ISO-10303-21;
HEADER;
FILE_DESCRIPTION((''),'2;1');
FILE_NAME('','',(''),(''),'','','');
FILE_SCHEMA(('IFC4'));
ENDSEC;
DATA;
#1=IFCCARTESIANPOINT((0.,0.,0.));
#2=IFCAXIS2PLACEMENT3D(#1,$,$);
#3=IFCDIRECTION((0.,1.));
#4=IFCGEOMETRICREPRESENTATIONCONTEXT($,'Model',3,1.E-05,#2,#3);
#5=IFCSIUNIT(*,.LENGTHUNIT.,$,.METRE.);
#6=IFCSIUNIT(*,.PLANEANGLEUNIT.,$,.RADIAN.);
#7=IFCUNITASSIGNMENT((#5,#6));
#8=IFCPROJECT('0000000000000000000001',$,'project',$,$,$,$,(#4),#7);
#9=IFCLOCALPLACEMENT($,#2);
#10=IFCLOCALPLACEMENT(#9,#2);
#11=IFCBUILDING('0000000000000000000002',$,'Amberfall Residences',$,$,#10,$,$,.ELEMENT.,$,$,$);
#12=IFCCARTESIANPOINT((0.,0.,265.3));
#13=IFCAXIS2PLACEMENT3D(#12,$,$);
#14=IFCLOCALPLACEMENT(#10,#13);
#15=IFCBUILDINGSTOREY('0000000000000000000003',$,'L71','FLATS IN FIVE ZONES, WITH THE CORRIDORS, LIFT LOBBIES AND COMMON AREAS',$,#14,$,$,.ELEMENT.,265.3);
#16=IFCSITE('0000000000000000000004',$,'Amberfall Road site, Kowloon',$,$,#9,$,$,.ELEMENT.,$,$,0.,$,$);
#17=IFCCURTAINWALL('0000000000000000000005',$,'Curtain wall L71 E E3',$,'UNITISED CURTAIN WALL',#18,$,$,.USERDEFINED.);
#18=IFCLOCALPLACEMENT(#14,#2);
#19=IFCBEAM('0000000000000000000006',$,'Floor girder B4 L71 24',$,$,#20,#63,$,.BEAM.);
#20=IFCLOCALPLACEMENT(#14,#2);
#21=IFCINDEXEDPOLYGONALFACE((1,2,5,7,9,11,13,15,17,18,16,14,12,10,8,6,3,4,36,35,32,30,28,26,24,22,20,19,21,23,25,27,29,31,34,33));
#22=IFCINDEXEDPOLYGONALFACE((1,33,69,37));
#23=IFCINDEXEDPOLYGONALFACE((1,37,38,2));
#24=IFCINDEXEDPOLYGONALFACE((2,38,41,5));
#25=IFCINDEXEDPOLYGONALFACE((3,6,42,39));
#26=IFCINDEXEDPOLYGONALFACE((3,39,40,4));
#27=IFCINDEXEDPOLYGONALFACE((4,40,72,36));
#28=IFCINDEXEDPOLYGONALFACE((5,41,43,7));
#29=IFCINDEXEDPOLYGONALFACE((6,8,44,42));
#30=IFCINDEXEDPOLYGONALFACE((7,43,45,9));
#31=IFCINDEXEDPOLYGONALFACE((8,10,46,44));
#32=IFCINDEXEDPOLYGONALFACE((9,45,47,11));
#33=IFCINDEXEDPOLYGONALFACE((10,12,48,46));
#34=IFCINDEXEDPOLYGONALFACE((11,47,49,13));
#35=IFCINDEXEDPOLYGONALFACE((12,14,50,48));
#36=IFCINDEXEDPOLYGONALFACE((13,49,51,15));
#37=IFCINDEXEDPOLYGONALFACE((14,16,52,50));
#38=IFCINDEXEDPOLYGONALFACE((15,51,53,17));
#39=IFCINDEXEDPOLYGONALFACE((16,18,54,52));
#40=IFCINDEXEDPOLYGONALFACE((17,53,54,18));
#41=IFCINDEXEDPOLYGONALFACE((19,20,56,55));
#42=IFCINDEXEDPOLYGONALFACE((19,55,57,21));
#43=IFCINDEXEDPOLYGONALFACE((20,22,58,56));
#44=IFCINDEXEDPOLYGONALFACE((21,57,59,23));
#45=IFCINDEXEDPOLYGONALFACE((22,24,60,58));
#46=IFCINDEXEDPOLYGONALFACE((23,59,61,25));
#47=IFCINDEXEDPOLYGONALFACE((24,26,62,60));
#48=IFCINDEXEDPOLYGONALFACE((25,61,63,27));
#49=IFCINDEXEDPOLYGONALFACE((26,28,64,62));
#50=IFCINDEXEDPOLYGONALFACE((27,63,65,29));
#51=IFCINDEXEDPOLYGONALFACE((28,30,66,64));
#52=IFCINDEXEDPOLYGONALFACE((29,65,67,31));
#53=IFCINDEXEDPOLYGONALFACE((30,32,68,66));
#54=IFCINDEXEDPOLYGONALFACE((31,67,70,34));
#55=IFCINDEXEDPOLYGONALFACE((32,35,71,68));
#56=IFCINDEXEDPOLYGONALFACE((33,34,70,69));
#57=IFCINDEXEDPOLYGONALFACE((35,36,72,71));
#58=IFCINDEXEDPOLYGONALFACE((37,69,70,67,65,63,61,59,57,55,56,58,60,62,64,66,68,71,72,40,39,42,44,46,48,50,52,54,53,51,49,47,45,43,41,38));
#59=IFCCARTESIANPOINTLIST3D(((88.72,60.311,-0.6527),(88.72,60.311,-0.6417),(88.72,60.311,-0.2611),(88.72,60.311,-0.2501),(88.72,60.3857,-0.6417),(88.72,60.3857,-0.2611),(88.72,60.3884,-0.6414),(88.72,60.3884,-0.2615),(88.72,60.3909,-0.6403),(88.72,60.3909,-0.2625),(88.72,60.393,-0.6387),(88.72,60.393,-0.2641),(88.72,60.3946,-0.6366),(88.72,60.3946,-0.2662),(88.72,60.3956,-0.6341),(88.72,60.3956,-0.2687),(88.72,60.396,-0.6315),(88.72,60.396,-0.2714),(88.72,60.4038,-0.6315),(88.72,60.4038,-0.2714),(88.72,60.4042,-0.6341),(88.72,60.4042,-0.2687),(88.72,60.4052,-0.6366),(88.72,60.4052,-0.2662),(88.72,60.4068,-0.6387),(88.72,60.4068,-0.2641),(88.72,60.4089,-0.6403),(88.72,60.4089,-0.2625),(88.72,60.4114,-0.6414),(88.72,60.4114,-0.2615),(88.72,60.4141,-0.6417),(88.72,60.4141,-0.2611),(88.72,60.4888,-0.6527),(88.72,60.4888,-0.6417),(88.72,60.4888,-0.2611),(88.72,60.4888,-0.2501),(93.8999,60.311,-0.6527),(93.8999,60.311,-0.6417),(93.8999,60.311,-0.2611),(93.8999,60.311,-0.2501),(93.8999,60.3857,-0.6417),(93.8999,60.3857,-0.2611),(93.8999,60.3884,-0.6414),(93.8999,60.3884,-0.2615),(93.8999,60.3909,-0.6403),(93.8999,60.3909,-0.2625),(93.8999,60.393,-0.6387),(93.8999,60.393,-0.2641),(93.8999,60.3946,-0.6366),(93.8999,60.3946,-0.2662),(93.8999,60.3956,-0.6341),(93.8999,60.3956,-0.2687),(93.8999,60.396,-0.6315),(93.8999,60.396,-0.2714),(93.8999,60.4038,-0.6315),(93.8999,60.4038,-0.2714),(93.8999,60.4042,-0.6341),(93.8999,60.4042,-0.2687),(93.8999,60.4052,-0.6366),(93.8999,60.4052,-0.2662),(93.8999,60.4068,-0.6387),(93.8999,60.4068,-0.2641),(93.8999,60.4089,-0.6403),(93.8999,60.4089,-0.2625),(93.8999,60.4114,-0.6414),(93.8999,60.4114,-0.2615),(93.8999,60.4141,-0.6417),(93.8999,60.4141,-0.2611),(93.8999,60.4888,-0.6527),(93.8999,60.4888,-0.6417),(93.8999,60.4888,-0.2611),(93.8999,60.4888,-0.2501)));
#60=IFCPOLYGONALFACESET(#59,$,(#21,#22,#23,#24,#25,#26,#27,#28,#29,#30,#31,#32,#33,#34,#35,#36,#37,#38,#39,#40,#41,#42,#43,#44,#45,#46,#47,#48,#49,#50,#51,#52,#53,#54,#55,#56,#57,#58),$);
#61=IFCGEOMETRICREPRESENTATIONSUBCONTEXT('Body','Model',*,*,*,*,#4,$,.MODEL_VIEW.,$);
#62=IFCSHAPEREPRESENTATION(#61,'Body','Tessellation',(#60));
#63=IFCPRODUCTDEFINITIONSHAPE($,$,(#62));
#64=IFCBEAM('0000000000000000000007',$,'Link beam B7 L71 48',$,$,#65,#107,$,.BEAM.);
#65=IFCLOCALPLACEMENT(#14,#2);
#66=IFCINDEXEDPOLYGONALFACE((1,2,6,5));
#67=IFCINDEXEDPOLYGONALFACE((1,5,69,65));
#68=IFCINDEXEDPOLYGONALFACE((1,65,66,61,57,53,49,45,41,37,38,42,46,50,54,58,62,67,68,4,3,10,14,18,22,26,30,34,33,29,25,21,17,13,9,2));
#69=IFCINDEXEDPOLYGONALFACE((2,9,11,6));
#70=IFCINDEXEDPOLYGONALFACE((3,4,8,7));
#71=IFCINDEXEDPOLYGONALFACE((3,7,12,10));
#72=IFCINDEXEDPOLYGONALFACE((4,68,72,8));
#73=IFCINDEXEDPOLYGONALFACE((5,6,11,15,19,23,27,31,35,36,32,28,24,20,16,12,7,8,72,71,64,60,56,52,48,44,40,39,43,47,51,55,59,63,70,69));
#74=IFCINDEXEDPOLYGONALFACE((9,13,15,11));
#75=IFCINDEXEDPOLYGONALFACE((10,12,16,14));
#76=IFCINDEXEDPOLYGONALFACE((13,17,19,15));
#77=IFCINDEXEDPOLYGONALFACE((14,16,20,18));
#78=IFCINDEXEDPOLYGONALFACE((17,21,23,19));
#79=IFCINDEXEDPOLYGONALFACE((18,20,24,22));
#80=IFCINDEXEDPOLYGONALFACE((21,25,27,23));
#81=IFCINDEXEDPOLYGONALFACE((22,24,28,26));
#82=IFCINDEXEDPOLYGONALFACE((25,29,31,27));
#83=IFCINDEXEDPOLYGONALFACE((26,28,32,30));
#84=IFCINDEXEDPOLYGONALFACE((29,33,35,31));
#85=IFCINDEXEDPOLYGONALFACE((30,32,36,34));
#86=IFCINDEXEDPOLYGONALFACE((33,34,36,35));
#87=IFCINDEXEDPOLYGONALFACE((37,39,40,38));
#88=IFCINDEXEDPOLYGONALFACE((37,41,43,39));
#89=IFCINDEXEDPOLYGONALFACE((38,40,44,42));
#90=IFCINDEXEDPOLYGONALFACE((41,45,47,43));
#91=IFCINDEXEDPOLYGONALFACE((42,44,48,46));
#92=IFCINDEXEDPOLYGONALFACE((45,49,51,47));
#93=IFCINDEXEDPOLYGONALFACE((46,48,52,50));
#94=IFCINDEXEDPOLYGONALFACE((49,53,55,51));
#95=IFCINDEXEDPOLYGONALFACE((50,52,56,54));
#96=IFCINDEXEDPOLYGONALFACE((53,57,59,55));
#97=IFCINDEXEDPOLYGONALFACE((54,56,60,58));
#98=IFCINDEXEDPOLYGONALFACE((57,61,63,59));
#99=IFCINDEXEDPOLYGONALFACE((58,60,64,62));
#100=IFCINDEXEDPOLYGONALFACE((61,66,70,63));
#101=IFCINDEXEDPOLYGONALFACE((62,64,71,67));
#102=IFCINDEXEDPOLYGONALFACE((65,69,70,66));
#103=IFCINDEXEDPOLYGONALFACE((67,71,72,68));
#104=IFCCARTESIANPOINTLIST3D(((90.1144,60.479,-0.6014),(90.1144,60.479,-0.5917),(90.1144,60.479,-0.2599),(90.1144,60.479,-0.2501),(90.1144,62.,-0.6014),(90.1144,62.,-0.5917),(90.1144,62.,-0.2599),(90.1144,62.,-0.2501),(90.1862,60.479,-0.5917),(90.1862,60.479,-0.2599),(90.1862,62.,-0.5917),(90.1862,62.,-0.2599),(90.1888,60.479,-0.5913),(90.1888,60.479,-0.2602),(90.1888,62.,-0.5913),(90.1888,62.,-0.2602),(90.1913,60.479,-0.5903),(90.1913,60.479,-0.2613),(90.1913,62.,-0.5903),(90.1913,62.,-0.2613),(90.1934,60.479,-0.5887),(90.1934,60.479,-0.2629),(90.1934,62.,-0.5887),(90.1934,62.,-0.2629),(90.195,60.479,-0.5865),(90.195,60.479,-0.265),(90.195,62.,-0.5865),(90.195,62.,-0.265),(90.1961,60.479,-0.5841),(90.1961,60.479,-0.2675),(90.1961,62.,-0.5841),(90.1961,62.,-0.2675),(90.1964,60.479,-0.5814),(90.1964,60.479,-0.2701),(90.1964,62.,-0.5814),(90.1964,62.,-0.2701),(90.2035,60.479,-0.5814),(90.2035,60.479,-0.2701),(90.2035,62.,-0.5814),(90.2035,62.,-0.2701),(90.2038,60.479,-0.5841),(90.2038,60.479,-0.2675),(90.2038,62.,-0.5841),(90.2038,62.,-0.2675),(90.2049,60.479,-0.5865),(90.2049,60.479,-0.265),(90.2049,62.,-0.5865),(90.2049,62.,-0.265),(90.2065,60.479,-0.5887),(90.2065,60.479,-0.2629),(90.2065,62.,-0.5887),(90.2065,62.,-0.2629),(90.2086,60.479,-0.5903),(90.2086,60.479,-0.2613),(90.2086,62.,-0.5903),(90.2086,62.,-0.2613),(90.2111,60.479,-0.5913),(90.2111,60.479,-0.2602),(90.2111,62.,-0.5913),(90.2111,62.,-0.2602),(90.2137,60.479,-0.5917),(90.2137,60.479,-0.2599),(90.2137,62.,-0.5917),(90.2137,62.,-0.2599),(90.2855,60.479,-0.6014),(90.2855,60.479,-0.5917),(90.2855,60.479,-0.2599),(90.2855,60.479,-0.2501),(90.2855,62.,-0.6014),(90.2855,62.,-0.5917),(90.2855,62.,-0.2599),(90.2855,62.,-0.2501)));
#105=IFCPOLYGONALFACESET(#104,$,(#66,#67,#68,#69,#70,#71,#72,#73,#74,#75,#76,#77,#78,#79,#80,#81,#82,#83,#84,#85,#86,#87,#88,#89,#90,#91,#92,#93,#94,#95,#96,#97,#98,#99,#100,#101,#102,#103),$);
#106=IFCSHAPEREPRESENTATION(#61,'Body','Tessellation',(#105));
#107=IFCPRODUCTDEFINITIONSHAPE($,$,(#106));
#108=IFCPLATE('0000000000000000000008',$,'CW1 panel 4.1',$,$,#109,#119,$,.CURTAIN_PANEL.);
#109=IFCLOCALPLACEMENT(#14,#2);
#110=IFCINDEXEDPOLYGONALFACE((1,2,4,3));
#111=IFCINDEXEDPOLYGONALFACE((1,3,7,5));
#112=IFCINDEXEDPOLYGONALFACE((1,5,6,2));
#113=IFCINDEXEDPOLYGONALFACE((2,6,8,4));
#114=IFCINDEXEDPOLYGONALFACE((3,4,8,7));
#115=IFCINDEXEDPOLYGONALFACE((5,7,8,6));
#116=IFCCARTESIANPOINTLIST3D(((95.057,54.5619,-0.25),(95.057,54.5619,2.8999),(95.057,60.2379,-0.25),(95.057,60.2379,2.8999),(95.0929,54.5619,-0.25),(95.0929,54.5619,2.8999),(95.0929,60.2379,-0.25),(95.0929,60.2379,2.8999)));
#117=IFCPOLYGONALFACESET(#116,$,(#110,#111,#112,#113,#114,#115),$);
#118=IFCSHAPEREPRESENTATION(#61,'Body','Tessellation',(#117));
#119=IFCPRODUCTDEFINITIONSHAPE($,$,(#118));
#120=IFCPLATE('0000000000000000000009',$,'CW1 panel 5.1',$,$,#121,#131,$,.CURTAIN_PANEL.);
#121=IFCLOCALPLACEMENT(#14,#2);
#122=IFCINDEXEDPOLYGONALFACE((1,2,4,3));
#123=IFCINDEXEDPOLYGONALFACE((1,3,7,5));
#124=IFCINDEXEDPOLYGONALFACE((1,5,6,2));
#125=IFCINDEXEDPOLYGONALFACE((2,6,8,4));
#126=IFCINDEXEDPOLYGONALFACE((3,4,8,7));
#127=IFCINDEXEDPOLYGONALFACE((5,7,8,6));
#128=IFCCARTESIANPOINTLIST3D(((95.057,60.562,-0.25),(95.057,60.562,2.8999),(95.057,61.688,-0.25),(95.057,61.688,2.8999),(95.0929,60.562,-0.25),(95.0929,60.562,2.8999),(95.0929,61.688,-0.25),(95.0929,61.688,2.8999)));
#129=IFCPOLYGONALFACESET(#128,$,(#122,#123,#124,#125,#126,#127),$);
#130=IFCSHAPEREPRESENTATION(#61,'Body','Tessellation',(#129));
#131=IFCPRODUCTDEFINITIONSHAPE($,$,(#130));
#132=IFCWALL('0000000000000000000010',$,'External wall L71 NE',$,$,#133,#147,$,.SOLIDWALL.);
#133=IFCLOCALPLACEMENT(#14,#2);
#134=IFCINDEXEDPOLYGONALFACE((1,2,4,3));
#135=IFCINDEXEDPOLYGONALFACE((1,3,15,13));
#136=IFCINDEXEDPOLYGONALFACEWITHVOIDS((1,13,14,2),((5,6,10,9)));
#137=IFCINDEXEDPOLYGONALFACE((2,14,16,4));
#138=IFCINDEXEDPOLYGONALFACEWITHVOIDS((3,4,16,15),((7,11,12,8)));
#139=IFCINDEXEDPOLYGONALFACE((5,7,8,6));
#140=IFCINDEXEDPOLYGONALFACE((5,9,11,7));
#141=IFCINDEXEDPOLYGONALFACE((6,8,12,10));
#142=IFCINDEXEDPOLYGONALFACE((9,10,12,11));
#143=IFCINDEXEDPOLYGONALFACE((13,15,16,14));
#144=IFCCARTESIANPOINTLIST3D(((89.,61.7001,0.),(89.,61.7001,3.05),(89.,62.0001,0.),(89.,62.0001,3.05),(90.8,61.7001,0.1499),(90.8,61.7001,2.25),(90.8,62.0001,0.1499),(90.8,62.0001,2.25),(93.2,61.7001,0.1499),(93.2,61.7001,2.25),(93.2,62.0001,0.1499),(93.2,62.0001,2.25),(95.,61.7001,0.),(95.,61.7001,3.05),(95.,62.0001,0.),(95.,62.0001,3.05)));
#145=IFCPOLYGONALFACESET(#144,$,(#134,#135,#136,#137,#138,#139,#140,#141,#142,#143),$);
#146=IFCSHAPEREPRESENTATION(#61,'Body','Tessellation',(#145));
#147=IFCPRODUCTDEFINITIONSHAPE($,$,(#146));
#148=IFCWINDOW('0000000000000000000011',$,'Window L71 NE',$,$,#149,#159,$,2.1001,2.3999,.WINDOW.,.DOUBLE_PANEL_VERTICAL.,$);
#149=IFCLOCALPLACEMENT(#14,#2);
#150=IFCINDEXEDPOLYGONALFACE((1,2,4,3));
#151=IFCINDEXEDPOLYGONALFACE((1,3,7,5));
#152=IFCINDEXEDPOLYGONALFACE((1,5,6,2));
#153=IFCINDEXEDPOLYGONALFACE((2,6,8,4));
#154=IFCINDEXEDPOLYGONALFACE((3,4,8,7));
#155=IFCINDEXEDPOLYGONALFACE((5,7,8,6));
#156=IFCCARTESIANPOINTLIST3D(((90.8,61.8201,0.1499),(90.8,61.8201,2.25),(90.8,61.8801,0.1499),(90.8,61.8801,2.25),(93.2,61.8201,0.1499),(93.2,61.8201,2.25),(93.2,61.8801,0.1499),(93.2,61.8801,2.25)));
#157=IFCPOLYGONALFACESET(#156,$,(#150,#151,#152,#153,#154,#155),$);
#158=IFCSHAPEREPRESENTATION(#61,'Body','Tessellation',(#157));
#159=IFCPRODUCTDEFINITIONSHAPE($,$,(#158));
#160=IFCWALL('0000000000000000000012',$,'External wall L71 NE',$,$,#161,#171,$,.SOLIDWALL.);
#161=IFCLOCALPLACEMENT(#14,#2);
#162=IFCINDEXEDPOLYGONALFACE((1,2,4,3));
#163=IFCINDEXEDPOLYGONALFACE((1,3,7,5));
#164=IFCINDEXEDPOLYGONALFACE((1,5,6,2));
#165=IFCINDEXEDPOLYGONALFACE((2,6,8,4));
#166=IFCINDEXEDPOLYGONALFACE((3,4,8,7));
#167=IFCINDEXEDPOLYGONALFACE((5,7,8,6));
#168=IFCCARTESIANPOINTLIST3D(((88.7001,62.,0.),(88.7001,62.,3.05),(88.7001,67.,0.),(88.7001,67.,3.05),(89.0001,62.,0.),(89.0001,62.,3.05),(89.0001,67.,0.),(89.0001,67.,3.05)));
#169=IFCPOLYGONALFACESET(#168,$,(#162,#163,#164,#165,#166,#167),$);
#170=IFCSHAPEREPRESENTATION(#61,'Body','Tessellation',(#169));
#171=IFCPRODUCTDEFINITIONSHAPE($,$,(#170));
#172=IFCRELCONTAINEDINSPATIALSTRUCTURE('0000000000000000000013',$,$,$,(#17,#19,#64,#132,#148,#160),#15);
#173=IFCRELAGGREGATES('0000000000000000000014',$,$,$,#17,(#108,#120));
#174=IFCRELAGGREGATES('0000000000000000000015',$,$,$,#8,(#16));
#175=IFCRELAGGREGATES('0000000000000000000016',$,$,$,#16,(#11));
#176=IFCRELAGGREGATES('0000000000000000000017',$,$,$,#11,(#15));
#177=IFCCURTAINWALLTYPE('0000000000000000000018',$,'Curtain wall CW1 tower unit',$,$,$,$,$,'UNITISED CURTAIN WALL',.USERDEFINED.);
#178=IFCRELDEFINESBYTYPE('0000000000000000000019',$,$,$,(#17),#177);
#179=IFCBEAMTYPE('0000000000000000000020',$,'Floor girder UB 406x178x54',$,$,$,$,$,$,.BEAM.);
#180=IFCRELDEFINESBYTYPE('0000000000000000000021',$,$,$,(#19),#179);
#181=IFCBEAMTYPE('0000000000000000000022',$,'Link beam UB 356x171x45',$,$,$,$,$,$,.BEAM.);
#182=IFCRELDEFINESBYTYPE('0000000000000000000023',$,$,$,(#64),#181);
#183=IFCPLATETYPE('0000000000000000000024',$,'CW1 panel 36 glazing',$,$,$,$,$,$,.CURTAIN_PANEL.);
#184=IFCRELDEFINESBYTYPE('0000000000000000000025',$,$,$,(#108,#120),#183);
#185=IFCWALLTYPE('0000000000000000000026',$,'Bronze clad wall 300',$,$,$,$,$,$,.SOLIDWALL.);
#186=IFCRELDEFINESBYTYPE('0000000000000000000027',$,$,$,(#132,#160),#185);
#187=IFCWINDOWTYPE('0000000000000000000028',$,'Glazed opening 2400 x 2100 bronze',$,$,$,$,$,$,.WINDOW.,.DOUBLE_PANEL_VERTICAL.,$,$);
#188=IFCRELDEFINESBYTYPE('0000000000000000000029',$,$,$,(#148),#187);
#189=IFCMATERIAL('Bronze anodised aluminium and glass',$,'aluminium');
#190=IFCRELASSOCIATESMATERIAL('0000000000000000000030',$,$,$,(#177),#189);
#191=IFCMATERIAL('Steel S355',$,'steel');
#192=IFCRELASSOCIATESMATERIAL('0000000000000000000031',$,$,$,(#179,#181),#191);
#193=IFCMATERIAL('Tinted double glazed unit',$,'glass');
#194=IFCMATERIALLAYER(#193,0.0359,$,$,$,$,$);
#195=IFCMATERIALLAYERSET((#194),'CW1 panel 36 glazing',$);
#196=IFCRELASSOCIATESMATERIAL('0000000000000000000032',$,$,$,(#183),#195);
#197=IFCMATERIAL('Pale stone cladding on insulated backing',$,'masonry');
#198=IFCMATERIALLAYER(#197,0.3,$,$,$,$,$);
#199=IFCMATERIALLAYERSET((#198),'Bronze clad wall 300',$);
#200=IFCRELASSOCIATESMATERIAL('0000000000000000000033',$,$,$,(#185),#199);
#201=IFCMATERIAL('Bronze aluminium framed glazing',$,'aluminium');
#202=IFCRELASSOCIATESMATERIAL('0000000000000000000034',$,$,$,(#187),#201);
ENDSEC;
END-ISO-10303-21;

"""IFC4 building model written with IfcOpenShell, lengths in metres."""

from ifc_helpers import new_model, si_unit, direction, frame, frame_2d, origin, origin_2d, place, context, subcontext, project, spatial, rectangle, i_section, extrude, material, layer, layer_set, material_profile, profile_set, type_object, element, fill, aggregate, save


model = new_model("IFC4")

# Units and contexts
model_context = context("Model", 3, precision=1e-05, world=origin(), true_north=direction((0.0, 1.0)))
body_context = subcontext(model_context, "Body", "Model", "MODEL_VIEW")
ifc_project = project(units=[si_unit("LENGTHUNIT", "METRE"), si_unit("PLANEANGLEUNIT", "RADIAN")], contexts=[model_context])

# Site, building, storey
site_placement = place(None, origin())
site = spatial("IfcSite", under=ifc_project, at=site_placement, Name="Amberfall Road site, Kowloon", CompositionType="ELEMENT", RefElevation=0.0)
building_placement = place(site_placement, origin())
building = spatial("IfcBuilding", under=site, at=building_placement, Name="Amberfall Residences", CompositionType="ELEMENT")
storey_placement = place(building_placement, frame((0.0, 0.0, 265.3)))
storey = spatial("IfcBuildingStorey", under=building, at=storey_placement, Name="L71", Description="FLATS IN FIVE ZONES, WITH THE CORRIDORS, LIFT LOBBIES AND COMMON AREAS", CompositionType="ELEMENT", Elevation=265.3)

# Curtain wall
ifc_material_1 = material(Name="Bronze anodised aluminium and glass", Category="aluminium")
curtain_wall_type = type_object("IfcCurtainWallType", Name="Curtain wall CW1 tower unit", ElementType="UNITISED CURTAIN WALL", PredefinedType="USERDEFINED", material=ifc_material_1)
curtain_wall_1_placement = place(storey_placement, origin())
curtain_wall_1 = element("IfcCurtainWall", 1, at=curtain_wall_1_placement, inside=storey, type_object=curtain_wall_type, Name="Curtain wall L71 E E3", ObjectType="UNITISED CURTAIN WALL", PredefinedType="USERDEFINED")

# Shared definitions
ifc_material_2 = material(Name="Steel S355", Category="steel")

# Beams
ifc_material_profile_1 = material_profile(ifc_material_2, i_section(OverallWidth=0.1777, OverallDepth=0.4026, WebThickness=0.0078, FlangeThickness=0.011, FilletRadius=0.0103, at=origin_2d()), Name="UB 406x178x54")
ifc_profile_set_1 = profile_set([ifc_material_profile_1], Name="Steel S355")
beam_type_1 = type_object("IfcBeamType", Name="Floor girder UB 406x178x54", PredefinedType="BEAM", material=ifc_profile_set_1)
beam_1_placement = place(storey_placement, frame((93.8999, 60.3999, -0.4514), z_axis=(-1.0, 0.0, 0.0), x_axis=(0.0, -1.0, 0.0)))
element("IfcBeam", 2, at=beam_1_placement, inside=storey, type_object=beam_type_1, Name="Floor girder B4 L71 24", PredefinedType="BEAM", context=body_context, shape_type="SweptSolid", body=[
    extrude(i_section(OverallWidth=0.1777, OverallDepth=0.4026, WebThickness=0.0078, FlangeThickness=0.011, FilletRadius=0.0103, at=origin_2d()), origin(), (0.0, 0.0, 1.0), 5.1799),
])
ifc_material_profile_2 = material_profile(ifc_material_2, i_section(OverallWidth=0.1711, OverallDepth=0.3513, WebThickness=0.0071, FlangeThickness=0.0098, FilletRadius=0.0103, at=origin_2d()), Name="UB 356x171x45")
ifc_profile_set_2 = profile_set([ifc_material_profile_2], Name="Steel S355")
beam_type_2 = type_object("IfcBeamType", Name="Link beam UB 356x171x45", PredefinedType="BEAM", material=ifc_profile_set_2)
beam_2_placement = place(storey_placement, frame((90.2, 62.0, -0.4258), z_axis=(0.0, -1.0, 0.0), x_axis=(1.0, 0.0, 0.0)))
element("IfcBeam", 3, at=beam_2_placement, inside=storey, type_object=beam_type_2, Name="Link beam B7 L71 48", PredefinedType="BEAM", context=body_context, shape_type="SweptSolid", body=[
    extrude(i_section(OverallWidth=0.1711, OverallDepth=0.3513, WebThickness=0.0071, FlangeThickness=0.0098, FilletRadius=0.0103, at=origin_2d()), origin(), (0.0, 0.0, 1.0), 1.521),
])

# Plates
ifc_material_3 = material(Name="Tinted double glazed unit", Category="glass")
ifc_layer_1 = layer(ifc_material_3, 0.0359)
ifc_layer_set_1 = layer_set([ifc_layer_1], Name="CW1 panel 36 glazing")
plate_type = type_object("IfcPlateType", Name="CW1 panel 36 glazing", PredefinedType="CURTAIN_PANEL", material=ifc_layer_set_1)
plate_1_placement = place(storey_placement, frame((95.075, 57.3999, -0.25), z_axis=(0.0, 0.0, 1.0), x_axis=(0.0, 1.0, 0.0)))
plate_1 = element("IfcPlate", 4, at=plate_1_placement, type_object=plate_type, Name="CW1 panel 4.1", PredefinedType="CURTAIN_PANEL", context=body_context, shape_type="SweptSolid", body=[
    extrude(rectangle(XDim=5.676, YDim=0.0359, at=origin_2d()), origin(), (0.0, 0.0, 1.0), 3.1499),
])
plate_2_placement = place(storey_placement, frame((95.075, 61.125, -0.25), z_axis=(0.0, 0.0, 1.0), x_axis=(0.0, 1.0, 0.0)))
plate_2 = element("IfcPlate", 5, at=plate_2_placement, type_object=plate_type, Name="CW1 panel 5.1", PredefinedType="CURTAIN_PANEL", context=body_context, shape_type="SweptSolid", body=[
    extrude(rectangle(XDim=1.126, YDim=0.0359, at=origin_2d()), origin(), (0.0, 0.0, 1.0), 3.1499),
])
aggregate(curtain_wall_1, [plate_1, plate_2])

# Wall, opening, window
ifc_material_4 = material(Name="Pale stone cladding on insulated backing", Category="masonry")
ifc_layer_2 = layer(ifc_material_4, 0.3)
ifc_layer_set_2 = layer_set([ifc_layer_2], Name="Bronze clad wall 300")
wall_type_1 = type_object("IfcWallType", Name="Bronze clad wall 300", PredefinedType="SOLIDWALL", material=ifc_layer_set_2)
wall_1_placement = place(storey_placement, frame((95.0, 61.8501, 0.0), z_axis=(0.0, 0.0, 1.0), x_axis=(-1.0, 0.0, 0.0)))
wall_1 = element("IfcWall", 6, at=wall_1_placement, inside=storey, type_object=wall_type_1, Name="External wall L71 NE", PredefinedType="SOLIDWALL", context=body_context, shape_type="SweptSolid", body=[
    extrude(rectangle(XDim=6.0, YDim=0.3, at=frame_2d((3.0, 0.0))), origin(), (0.0, 0.0, 1.0), 3.05),
])
opening_1_placement = place(wall_1_placement, frame((1.8, 0.0, 0.1499)))
opening_1 = element("IfcOpeningElement", 7, at=opening_1_placement, cuts=wall_1, PredefinedType="OPENING", context=body_context, shape_type="SweptSolid", body=[
    extrude(rectangle(XDim=2.3999, YDim=2.1001, at=frame_2d((1.2, 1.05))), frame((0.0, 0.1599, 0.0), z_axis=(0.0, -1.0, 0.0), x_axis=(1.0, 0.0, 0.0)), (0.0, 0.0, 1.0), 0.3201),
])
ifc_material_5 = material(Name="Bronze aluminium framed glazing", Category="aluminium")
window_type = type_object("IfcWindowType", Name="Glazed opening 2400 x 2100 bronze", PartitioningType="DOUBLE_PANEL_VERTICAL", PredefinedType="WINDOW", material=ifc_material_5)
window_placement = place(opening_1_placement, origin())
window = element("IfcWindow", 8, at=window_placement, inside=storey, type_object=window_type, Name="Window L71 NE", OverallHeight=2.1001, OverallWidth=2.3999, PartitioningType="DOUBLE_PANEL_VERTICAL", PredefinedType="WINDOW", context=body_context, shape_type="SweptSolid", body=[
    extrude(rectangle(XDim=2.3999, YDim=2.1001, at=frame_2d((1.2, 1.05))), frame((0.0, 0.03, 0.0), z_axis=(0.0, -1.0, 0.0), x_axis=(1.0, 0.0, 0.0)), (0.0, 0.0, 1.0), 0.0601),
])
fill(opening_1, window)

# Wall
wall_2_placement = place(storey_placement, frame((88.8501, 62.0, 0.0), z_axis=(0.0, 0.0, 1.0), x_axis=(0.0, 1.0, 0.0)))
element("IfcWall", 9, at=wall_2_placement, inside=storey, type_object=wall_type_1, Name="External wall L71 NE", PredefinedType="SOLIDWALL", context=body_context, shape_type="SweptSolid", body=[
    extrude(rectangle(XDim=5.0, YDim=0.3, at=frame_2d((2.5, 0.0))), origin(), (0.0, 0.0, 1.0), 3.05),
])

save(model, "model.ifc")
